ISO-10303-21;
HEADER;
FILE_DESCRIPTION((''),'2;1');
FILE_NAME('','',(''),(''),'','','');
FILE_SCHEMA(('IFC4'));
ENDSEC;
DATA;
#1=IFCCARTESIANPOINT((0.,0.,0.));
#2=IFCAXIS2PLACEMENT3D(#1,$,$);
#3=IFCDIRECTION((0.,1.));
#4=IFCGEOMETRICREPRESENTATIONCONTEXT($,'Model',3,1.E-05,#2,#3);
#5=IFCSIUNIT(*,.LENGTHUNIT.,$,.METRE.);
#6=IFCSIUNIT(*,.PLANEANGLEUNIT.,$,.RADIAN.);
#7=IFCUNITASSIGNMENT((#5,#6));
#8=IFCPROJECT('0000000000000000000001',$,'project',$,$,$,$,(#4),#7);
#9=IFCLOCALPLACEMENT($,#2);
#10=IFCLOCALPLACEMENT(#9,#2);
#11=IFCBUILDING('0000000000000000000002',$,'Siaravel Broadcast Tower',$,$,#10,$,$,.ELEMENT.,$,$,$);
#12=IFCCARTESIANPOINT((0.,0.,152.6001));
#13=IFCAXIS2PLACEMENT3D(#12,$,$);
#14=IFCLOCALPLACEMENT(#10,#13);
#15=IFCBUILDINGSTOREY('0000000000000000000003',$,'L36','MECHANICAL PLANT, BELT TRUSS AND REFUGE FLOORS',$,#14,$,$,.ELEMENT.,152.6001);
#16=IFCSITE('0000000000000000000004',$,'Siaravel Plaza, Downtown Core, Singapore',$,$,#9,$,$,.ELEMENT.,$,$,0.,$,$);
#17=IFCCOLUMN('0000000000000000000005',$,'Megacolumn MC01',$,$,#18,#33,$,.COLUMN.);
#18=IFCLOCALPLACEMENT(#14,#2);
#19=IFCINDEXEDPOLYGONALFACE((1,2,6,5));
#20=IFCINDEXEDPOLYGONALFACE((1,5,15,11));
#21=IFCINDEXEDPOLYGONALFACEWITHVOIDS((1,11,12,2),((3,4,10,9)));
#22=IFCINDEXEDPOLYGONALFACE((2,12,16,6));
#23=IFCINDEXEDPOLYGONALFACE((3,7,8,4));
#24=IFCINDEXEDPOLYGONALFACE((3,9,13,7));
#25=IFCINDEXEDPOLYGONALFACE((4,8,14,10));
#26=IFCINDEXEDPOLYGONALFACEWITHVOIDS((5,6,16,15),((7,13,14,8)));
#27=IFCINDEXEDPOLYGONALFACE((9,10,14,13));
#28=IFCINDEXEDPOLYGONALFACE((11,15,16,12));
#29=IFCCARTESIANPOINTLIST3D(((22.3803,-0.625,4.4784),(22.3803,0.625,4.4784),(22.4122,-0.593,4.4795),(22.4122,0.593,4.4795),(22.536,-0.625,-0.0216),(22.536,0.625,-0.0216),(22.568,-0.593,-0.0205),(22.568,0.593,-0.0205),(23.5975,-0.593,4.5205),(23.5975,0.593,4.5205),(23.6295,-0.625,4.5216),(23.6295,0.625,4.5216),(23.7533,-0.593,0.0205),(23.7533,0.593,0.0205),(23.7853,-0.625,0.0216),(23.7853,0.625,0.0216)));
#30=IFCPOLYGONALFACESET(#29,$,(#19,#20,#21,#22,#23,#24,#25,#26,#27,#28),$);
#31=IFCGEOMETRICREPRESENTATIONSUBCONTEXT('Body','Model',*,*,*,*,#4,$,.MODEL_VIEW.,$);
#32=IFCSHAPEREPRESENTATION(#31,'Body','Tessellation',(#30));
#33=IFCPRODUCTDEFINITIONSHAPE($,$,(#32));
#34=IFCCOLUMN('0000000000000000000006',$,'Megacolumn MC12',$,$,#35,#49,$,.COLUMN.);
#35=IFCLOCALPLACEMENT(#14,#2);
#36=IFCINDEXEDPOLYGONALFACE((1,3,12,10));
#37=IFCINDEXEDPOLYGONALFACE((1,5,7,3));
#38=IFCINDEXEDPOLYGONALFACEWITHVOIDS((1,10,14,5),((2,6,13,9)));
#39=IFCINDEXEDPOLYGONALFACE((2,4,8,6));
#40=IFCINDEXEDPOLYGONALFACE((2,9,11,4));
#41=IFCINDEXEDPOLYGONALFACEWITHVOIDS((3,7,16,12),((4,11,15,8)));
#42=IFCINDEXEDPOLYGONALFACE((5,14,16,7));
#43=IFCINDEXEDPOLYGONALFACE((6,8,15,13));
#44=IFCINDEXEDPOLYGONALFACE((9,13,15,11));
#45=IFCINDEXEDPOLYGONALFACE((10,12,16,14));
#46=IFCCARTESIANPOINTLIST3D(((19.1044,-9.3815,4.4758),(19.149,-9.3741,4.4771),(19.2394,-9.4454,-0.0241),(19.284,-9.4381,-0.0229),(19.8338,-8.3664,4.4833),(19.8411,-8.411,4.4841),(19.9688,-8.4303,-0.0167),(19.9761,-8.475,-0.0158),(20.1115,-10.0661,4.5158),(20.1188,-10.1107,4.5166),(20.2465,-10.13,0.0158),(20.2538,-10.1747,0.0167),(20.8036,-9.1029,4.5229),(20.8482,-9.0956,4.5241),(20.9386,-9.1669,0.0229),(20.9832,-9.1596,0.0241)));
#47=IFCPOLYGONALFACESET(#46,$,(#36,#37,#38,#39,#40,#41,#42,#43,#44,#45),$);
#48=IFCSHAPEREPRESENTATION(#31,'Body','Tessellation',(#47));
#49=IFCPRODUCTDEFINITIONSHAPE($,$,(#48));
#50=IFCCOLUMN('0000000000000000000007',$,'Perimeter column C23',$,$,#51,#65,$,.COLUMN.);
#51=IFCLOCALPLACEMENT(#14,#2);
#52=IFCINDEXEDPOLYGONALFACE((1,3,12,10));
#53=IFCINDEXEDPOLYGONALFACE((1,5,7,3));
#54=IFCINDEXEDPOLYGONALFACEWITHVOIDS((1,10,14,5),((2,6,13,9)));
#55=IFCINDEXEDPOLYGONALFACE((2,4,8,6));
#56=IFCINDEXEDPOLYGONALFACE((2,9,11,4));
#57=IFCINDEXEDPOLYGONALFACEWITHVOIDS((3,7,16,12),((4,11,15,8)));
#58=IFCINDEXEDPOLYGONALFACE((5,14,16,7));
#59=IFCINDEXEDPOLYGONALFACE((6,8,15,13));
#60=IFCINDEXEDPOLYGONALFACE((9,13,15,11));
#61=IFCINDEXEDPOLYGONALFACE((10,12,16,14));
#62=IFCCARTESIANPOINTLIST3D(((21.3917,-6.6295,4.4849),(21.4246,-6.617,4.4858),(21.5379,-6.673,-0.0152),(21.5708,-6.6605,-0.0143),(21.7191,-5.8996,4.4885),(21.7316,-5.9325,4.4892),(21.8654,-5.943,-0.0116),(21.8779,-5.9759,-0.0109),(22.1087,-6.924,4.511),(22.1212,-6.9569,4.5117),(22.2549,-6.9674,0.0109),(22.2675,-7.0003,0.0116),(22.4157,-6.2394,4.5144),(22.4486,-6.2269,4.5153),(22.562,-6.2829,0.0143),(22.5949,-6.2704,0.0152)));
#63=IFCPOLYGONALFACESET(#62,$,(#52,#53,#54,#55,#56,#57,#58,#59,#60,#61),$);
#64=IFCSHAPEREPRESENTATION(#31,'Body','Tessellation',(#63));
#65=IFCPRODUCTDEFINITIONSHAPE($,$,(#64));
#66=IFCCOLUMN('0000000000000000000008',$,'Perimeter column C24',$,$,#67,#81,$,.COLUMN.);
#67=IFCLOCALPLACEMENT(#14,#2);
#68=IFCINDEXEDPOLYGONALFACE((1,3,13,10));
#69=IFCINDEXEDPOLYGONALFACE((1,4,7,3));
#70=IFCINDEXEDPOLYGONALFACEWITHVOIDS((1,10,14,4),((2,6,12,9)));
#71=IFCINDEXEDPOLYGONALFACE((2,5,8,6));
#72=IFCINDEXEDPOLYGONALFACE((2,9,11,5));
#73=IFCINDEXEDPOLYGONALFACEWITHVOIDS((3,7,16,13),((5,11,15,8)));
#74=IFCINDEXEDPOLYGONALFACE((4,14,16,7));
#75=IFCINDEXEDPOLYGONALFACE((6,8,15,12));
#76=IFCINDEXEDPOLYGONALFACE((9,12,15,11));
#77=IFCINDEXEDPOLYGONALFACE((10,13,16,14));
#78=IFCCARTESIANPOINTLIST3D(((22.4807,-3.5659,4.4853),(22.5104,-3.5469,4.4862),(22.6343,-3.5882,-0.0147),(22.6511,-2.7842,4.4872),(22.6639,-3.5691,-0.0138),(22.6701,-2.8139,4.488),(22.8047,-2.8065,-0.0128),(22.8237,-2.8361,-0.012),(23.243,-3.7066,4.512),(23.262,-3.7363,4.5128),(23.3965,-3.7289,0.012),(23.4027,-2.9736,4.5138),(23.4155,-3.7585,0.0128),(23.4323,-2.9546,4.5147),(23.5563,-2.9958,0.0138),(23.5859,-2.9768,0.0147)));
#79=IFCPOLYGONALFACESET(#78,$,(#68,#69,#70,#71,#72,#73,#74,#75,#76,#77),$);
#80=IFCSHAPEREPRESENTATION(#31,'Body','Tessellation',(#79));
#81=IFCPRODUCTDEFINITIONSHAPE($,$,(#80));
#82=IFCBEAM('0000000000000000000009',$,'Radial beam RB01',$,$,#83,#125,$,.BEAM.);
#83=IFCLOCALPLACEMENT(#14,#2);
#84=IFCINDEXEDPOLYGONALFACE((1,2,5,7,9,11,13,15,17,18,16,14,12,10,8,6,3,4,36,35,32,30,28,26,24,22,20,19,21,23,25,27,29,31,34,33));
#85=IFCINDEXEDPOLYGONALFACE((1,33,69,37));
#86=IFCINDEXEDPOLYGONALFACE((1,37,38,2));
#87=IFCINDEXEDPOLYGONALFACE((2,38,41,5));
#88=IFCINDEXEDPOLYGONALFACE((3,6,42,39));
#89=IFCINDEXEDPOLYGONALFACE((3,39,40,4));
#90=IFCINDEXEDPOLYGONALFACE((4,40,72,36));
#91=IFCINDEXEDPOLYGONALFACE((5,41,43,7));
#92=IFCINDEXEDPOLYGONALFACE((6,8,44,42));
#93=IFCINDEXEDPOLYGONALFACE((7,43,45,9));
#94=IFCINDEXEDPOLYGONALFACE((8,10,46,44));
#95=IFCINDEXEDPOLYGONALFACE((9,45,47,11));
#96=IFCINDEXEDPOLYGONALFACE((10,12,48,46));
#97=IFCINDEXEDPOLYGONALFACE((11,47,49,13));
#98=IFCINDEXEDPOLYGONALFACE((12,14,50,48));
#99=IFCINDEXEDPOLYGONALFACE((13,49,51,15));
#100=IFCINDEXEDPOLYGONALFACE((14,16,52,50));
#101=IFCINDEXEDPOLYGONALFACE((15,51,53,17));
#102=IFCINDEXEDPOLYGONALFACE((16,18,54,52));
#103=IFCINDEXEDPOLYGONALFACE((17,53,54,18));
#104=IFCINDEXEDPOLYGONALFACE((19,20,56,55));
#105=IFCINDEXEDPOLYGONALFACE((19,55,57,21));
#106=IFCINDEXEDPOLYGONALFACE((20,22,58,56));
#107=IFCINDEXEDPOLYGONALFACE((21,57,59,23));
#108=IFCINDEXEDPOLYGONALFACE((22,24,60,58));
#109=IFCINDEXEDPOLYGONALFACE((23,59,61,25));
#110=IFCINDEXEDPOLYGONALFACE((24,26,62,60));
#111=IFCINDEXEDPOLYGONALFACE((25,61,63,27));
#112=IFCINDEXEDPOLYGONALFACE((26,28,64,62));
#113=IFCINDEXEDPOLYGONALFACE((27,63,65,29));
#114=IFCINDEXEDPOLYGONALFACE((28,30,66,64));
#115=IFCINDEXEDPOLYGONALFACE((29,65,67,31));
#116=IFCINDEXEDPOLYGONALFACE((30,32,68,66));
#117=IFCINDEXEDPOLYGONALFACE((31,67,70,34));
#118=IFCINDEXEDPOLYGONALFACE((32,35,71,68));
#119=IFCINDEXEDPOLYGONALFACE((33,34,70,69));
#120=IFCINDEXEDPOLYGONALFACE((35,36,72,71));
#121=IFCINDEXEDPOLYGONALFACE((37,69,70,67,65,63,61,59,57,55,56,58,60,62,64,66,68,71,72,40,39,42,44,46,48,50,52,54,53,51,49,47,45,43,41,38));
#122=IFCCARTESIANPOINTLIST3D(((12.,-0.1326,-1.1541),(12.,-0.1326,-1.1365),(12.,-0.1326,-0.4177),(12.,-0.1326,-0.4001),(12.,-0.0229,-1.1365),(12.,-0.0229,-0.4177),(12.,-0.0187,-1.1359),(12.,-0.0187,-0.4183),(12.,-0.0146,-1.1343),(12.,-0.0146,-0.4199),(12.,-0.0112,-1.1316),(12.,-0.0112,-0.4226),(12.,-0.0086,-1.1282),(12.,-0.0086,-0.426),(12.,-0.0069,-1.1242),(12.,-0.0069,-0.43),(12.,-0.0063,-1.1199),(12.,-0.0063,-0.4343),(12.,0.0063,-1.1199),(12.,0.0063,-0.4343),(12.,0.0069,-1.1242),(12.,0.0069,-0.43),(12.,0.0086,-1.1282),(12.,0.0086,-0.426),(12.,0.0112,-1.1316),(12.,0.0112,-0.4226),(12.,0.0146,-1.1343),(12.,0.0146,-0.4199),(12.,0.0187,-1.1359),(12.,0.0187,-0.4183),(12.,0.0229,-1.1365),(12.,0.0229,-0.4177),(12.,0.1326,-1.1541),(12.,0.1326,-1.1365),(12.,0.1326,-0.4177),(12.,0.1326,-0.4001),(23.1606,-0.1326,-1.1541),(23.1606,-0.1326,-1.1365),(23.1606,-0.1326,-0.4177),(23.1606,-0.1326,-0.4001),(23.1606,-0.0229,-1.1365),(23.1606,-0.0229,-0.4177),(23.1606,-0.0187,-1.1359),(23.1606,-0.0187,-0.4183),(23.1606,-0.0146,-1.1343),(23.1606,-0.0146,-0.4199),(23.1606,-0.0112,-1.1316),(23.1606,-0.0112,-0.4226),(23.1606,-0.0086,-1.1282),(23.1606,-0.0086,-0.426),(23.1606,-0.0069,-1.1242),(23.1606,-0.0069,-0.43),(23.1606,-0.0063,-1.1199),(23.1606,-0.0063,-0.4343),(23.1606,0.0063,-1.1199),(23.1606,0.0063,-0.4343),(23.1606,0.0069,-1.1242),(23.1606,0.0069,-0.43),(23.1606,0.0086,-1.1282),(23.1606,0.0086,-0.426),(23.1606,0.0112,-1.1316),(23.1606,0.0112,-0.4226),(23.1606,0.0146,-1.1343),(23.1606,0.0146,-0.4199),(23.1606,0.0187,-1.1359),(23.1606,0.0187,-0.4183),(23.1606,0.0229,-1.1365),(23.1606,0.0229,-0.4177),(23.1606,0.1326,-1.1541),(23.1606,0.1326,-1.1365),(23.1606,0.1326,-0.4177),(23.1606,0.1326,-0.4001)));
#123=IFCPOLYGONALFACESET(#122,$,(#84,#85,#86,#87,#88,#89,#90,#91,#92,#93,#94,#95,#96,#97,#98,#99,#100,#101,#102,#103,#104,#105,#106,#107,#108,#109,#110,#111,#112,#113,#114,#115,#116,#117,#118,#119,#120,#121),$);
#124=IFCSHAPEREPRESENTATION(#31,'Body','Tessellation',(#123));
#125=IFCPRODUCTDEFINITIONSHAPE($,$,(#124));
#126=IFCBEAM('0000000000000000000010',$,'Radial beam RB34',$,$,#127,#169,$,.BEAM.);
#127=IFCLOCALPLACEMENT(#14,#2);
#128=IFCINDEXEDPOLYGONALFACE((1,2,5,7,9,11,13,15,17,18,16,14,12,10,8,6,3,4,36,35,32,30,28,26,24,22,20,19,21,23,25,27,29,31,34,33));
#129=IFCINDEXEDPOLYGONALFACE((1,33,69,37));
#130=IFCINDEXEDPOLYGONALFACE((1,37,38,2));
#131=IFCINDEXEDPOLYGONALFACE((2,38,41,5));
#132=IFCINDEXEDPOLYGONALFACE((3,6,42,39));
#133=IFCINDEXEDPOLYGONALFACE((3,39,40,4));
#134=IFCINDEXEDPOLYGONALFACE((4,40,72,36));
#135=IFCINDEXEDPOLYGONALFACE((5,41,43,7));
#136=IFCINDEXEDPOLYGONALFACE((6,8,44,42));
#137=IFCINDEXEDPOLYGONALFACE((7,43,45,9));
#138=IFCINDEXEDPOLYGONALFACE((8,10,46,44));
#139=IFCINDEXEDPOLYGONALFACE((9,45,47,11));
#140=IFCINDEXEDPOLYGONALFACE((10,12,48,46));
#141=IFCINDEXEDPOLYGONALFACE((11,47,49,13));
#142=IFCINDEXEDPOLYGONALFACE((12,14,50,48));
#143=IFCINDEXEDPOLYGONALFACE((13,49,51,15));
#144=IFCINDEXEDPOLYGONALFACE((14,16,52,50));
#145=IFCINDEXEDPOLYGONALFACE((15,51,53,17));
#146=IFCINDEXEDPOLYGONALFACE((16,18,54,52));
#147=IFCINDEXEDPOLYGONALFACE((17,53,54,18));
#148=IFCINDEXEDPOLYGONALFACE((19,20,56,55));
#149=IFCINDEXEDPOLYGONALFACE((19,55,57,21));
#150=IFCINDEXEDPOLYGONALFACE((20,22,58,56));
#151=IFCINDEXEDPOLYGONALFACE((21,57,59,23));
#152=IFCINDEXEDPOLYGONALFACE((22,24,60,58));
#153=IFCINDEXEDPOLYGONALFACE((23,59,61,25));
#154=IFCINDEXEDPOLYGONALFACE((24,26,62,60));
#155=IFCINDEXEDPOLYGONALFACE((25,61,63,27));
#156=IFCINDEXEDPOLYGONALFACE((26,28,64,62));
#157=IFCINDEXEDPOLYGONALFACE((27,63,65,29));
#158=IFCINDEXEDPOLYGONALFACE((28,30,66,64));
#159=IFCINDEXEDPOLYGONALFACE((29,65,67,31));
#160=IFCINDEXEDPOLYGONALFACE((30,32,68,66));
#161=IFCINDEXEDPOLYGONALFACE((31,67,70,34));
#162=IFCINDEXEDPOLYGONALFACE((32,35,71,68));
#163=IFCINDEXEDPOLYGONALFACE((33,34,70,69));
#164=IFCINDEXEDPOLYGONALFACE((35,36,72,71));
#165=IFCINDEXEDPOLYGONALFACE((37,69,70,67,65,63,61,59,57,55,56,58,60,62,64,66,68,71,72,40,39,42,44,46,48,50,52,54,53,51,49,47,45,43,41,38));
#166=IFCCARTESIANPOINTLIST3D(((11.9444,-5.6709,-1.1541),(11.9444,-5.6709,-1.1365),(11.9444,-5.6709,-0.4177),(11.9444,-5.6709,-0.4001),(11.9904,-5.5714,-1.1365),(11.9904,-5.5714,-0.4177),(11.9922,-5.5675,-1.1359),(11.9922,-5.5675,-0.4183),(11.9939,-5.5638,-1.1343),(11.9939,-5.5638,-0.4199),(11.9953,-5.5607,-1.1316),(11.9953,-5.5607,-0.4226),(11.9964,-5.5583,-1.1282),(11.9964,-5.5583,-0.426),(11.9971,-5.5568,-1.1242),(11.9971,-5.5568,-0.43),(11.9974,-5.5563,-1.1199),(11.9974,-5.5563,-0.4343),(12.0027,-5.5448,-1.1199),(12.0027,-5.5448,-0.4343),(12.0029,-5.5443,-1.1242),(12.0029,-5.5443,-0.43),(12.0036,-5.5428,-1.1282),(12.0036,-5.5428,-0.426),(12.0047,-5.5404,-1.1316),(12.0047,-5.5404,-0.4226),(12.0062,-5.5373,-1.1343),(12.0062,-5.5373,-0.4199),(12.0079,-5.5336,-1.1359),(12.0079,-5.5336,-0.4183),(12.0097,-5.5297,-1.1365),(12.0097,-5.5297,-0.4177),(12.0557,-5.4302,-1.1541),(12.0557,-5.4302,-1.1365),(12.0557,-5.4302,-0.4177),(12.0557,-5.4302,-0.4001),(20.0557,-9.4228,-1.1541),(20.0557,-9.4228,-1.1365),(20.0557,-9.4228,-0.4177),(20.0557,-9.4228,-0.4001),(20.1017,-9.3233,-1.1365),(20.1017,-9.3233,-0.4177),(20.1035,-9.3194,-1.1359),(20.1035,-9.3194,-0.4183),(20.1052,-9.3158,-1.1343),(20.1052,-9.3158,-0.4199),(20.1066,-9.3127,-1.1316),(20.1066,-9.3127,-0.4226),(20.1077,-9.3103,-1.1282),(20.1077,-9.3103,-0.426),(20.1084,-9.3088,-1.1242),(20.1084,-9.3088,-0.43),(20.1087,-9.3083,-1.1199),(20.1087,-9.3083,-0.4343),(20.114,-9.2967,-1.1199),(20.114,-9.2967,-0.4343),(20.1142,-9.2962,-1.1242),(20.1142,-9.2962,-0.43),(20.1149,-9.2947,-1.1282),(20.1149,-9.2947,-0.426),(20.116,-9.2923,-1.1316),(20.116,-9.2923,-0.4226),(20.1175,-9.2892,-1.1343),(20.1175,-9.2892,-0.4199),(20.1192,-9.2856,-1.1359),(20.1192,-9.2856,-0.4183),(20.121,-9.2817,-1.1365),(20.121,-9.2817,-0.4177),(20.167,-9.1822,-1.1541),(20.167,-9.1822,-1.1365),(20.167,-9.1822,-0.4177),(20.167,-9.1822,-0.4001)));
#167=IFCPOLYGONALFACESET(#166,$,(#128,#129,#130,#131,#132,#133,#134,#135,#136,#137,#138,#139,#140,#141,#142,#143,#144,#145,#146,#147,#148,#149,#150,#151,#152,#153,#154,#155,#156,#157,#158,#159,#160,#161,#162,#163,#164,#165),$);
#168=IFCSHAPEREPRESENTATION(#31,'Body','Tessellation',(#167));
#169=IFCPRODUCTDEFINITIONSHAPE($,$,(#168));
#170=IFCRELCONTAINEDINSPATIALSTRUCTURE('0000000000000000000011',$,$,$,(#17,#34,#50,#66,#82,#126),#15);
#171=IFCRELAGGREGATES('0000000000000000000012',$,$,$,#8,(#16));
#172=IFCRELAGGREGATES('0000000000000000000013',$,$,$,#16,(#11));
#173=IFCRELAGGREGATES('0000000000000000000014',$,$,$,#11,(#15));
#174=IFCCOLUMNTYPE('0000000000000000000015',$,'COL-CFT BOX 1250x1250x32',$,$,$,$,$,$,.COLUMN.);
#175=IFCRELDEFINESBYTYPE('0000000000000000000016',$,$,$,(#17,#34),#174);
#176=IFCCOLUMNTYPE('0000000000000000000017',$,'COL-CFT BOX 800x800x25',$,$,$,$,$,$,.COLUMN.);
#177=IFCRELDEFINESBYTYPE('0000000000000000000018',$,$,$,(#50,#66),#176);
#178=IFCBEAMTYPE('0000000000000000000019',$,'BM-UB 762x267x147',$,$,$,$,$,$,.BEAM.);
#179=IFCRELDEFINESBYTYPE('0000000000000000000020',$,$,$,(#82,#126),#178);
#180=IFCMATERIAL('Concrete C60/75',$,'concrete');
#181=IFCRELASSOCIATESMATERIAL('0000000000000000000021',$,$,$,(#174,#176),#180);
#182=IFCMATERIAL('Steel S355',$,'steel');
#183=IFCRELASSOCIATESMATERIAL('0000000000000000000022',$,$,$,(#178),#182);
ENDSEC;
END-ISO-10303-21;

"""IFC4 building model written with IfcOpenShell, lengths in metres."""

from ifc_helpers import new_model, si_unit, direction, frame, origin, origin_2d, place, context, subcontext, project, spatial, hollow_rectangle, i_section, extrude, material, material_profile, profile_set, type_object, element, save


model = new_model("IFC4")

# Units and contexts
model_context = context("Model", 3, precision=1e-05, world=origin(), true_north=direction((0.0, 1.0)))
body_context = subcontext(model_context, "Body", "Model", "MODEL_VIEW")
ifc_project = project(units=[si_unit("LENGTHUNIT", "METRE"), si_unit("PLANEANGLEUNIT", "RADIAN")], contexts=[model_context])

# Site, building, storey
site_placement = place(None, origin())
site = spatial("IfcSite", under=ifc_project, at=site_placement, Name="Siaravel Plaza, Downtown Core, Singapore", CompositionType="ELEMENT", RefElevation=0.0)
building_placement = place(site_placement, origin())
building = spatial("IfcBuilding", under=site, at=building_placement, Name="Siaravel Broadcast Tower", CompositionType="ELEMENT")
storey_placement = place(building_placement, frame((0.0, 0.0, 152.6001)))
storey = spatial("IfcBuildingStorey", under=building, at=storey_placement, Name="L36", Description="MECHANICAL PLANT, BELT TRUSS AND REFUGE FLOORS", CompositionType="ELEMENT", Elevation=152.6001)

# Columns
ifc_material_1 = material(Name="Concrete C60/75", Category="concrete")
ifc_material_profile_1 = material_profile(ifc_material_1, hollow_rectangle(XDim=1.25, YDim=1.25, WallThickness=0.032, at=origin_2d()))
ifc_profile_set_1 = profile_set([ifc_material_profile_1], Name="Concrete C60/75")
column_type_1 = type_object("IfcColumnType", Name="COL-CFT BOX 1250x1250x32", PredefinedType="COLUMN", material=ifc_profile_set_1)
column_1_placement = place(storey_placement, frame((23.1606, 0.0, 0.0), z_axis=(-0.034593, 0.0, 0.999401), x_axis=(0.0, -1.0, 0.0)))
element("IfcColumn", 1, at=column_1_placement, inside=storey, type_object=column_type_1, Name="Megacolumn MC01", PredefinedType="COLUMN", context=body_context, shape_type="SweptSolid", body=[
    extrude(hollow_rectangle(XDim=1.25, YDim=1.25, WallThickness=0.032, at=origin_2d()), origin(), (0.0, 0.0, 1.0), 4.5027),
])
column_2_placement = place(storey_placement, frame((20.1113, -9.3025, 0.0), z_axis=(-0.029986, 0.014207, 0.999449), x_axis=(-0.583532, -0.812069, -0.005964)))
element("IfcColumn", 2, at=column_2_placement, inside=storey, type_object=column_type_1, Name="Megacolumn MC12", PredefinedType="COLUMN", context=body_context, shape_type="SweptSolid", body=[
    extrude(hollow_rectangle(XDim=1.25, YDim=1.25, WallThickness=0.032, at=origin_2d()), origin(), (0.0, 0.0, 1.0), 4.5024),
])
ifc_material_profile_2 = material_profile(ifc_material_1, hollow_rectangle(XDim=0.8, YDim=0.8, WallThickness=0.0249, at=origin_2d()))
ifc_profile_set_2 = profile_set([ifc_material_profile_2], Name="Concrete C60/75")
column_type_2 = type_object("IfcColumnType", Name="COL-CFT BOX 800x800x25", PredefinedType="COLUMN", material=ifc_profile_set_2)
for number, where, z_axis, x_axis, name in (
    (3, (22.0664, -6.4717, 0.0), (-0.032479, 0.009652, 0.999426), (-0.409244, -0.912414, -0.004488), "Perimeter column C23"),
    (4, (23.1101, -3.2825, 0.0), (-0.034105, 0.004934, 0.999406), (-0.212939, -0.977062, -0.002443), "Perimeter column C24"),
):
    element("IfcColumn", number, at=place(storey_placement, frame(where, z_axis=z_axis, x_axis=x_axis)), inside=storey, type_object=column_type_2, Name=name, PredefinedType="COLUMN", context=body_context, shape_type="SweptSolid", body=[
        extrude(hollow_rectangle(XDim=0.8, YDim=0.8, WallThickness=0.0249, at=origin_2d()), origin(), (0.0, 0.0, 1.0), 4.5027),
    ])

# Beams
ifc_material_2 = material(Name="Steel S355", Category="steel")
ifc_material_profile_3 = material_profile(ifc_material_2, i_section(OverallWidth=0.2651, OverallDepth=0.7539, WebThickness=0.0127, FlangeThickness=0.0176, FilletRadius=0.0166, at=origin_2d()))
ifc_profile_set_3 = profile_set([ifc_material_profile_3], Name="Steel S355")
beam_type_1 = type_object("IfcBeamType", Name="BM-UB 762x267x147", PredefinedType="BEAM", material=ifc_profile_set_3)
beam_1_placement = place(storey_placement, frame((23.1606, 0.0, -0.7771), z_axis=(-1.0, 0.0, 0.0), x_axis=(0.0, -1.0, 0.0)))
element("IfcBeam", 5, at=beam_1_placement, inside=storey, type_object=beam_type_1, Name="Radial beam RB01", PredefinedType="BEAM", context=body_context, shape_type="SweptSolid", body=[
    extrude(i_section(OverallWidth=0.2651, OverallDepth=0.7539, WebThickness=0.0127, FlangeThickness=0.0176, FilletRadius=0.0166, at=origin_2d()), origin(), (0.0, 0.0, 1.0), 11.1606),
])
beam_2_placement = place(storey_placement, frame((20.1113, -9.3025, -0.7771), z_axis=(-0.907607, 0.41982, 0.0), x_axis=(-0.41982, -0.907607, 0.0)))
element("IfcBeam", 6, at=beam_2_placement, inside=storey, type_object=beam_type_1, Name="Radial beam RB34", PredefinedType="BEAM", context=body_context, shape_type="SweptSolid", body=[
    extrude(i_section(OverallWidth=0.2651, OverallDepth=0.7539, WebThickness=0.0127, FlangeThickness=0.0176, FilletRadius=0.0166, at=origin_2d()), origin(), (0.0, 0.0, 1.0), 8.937),
])

save(model, "model.ifc")
